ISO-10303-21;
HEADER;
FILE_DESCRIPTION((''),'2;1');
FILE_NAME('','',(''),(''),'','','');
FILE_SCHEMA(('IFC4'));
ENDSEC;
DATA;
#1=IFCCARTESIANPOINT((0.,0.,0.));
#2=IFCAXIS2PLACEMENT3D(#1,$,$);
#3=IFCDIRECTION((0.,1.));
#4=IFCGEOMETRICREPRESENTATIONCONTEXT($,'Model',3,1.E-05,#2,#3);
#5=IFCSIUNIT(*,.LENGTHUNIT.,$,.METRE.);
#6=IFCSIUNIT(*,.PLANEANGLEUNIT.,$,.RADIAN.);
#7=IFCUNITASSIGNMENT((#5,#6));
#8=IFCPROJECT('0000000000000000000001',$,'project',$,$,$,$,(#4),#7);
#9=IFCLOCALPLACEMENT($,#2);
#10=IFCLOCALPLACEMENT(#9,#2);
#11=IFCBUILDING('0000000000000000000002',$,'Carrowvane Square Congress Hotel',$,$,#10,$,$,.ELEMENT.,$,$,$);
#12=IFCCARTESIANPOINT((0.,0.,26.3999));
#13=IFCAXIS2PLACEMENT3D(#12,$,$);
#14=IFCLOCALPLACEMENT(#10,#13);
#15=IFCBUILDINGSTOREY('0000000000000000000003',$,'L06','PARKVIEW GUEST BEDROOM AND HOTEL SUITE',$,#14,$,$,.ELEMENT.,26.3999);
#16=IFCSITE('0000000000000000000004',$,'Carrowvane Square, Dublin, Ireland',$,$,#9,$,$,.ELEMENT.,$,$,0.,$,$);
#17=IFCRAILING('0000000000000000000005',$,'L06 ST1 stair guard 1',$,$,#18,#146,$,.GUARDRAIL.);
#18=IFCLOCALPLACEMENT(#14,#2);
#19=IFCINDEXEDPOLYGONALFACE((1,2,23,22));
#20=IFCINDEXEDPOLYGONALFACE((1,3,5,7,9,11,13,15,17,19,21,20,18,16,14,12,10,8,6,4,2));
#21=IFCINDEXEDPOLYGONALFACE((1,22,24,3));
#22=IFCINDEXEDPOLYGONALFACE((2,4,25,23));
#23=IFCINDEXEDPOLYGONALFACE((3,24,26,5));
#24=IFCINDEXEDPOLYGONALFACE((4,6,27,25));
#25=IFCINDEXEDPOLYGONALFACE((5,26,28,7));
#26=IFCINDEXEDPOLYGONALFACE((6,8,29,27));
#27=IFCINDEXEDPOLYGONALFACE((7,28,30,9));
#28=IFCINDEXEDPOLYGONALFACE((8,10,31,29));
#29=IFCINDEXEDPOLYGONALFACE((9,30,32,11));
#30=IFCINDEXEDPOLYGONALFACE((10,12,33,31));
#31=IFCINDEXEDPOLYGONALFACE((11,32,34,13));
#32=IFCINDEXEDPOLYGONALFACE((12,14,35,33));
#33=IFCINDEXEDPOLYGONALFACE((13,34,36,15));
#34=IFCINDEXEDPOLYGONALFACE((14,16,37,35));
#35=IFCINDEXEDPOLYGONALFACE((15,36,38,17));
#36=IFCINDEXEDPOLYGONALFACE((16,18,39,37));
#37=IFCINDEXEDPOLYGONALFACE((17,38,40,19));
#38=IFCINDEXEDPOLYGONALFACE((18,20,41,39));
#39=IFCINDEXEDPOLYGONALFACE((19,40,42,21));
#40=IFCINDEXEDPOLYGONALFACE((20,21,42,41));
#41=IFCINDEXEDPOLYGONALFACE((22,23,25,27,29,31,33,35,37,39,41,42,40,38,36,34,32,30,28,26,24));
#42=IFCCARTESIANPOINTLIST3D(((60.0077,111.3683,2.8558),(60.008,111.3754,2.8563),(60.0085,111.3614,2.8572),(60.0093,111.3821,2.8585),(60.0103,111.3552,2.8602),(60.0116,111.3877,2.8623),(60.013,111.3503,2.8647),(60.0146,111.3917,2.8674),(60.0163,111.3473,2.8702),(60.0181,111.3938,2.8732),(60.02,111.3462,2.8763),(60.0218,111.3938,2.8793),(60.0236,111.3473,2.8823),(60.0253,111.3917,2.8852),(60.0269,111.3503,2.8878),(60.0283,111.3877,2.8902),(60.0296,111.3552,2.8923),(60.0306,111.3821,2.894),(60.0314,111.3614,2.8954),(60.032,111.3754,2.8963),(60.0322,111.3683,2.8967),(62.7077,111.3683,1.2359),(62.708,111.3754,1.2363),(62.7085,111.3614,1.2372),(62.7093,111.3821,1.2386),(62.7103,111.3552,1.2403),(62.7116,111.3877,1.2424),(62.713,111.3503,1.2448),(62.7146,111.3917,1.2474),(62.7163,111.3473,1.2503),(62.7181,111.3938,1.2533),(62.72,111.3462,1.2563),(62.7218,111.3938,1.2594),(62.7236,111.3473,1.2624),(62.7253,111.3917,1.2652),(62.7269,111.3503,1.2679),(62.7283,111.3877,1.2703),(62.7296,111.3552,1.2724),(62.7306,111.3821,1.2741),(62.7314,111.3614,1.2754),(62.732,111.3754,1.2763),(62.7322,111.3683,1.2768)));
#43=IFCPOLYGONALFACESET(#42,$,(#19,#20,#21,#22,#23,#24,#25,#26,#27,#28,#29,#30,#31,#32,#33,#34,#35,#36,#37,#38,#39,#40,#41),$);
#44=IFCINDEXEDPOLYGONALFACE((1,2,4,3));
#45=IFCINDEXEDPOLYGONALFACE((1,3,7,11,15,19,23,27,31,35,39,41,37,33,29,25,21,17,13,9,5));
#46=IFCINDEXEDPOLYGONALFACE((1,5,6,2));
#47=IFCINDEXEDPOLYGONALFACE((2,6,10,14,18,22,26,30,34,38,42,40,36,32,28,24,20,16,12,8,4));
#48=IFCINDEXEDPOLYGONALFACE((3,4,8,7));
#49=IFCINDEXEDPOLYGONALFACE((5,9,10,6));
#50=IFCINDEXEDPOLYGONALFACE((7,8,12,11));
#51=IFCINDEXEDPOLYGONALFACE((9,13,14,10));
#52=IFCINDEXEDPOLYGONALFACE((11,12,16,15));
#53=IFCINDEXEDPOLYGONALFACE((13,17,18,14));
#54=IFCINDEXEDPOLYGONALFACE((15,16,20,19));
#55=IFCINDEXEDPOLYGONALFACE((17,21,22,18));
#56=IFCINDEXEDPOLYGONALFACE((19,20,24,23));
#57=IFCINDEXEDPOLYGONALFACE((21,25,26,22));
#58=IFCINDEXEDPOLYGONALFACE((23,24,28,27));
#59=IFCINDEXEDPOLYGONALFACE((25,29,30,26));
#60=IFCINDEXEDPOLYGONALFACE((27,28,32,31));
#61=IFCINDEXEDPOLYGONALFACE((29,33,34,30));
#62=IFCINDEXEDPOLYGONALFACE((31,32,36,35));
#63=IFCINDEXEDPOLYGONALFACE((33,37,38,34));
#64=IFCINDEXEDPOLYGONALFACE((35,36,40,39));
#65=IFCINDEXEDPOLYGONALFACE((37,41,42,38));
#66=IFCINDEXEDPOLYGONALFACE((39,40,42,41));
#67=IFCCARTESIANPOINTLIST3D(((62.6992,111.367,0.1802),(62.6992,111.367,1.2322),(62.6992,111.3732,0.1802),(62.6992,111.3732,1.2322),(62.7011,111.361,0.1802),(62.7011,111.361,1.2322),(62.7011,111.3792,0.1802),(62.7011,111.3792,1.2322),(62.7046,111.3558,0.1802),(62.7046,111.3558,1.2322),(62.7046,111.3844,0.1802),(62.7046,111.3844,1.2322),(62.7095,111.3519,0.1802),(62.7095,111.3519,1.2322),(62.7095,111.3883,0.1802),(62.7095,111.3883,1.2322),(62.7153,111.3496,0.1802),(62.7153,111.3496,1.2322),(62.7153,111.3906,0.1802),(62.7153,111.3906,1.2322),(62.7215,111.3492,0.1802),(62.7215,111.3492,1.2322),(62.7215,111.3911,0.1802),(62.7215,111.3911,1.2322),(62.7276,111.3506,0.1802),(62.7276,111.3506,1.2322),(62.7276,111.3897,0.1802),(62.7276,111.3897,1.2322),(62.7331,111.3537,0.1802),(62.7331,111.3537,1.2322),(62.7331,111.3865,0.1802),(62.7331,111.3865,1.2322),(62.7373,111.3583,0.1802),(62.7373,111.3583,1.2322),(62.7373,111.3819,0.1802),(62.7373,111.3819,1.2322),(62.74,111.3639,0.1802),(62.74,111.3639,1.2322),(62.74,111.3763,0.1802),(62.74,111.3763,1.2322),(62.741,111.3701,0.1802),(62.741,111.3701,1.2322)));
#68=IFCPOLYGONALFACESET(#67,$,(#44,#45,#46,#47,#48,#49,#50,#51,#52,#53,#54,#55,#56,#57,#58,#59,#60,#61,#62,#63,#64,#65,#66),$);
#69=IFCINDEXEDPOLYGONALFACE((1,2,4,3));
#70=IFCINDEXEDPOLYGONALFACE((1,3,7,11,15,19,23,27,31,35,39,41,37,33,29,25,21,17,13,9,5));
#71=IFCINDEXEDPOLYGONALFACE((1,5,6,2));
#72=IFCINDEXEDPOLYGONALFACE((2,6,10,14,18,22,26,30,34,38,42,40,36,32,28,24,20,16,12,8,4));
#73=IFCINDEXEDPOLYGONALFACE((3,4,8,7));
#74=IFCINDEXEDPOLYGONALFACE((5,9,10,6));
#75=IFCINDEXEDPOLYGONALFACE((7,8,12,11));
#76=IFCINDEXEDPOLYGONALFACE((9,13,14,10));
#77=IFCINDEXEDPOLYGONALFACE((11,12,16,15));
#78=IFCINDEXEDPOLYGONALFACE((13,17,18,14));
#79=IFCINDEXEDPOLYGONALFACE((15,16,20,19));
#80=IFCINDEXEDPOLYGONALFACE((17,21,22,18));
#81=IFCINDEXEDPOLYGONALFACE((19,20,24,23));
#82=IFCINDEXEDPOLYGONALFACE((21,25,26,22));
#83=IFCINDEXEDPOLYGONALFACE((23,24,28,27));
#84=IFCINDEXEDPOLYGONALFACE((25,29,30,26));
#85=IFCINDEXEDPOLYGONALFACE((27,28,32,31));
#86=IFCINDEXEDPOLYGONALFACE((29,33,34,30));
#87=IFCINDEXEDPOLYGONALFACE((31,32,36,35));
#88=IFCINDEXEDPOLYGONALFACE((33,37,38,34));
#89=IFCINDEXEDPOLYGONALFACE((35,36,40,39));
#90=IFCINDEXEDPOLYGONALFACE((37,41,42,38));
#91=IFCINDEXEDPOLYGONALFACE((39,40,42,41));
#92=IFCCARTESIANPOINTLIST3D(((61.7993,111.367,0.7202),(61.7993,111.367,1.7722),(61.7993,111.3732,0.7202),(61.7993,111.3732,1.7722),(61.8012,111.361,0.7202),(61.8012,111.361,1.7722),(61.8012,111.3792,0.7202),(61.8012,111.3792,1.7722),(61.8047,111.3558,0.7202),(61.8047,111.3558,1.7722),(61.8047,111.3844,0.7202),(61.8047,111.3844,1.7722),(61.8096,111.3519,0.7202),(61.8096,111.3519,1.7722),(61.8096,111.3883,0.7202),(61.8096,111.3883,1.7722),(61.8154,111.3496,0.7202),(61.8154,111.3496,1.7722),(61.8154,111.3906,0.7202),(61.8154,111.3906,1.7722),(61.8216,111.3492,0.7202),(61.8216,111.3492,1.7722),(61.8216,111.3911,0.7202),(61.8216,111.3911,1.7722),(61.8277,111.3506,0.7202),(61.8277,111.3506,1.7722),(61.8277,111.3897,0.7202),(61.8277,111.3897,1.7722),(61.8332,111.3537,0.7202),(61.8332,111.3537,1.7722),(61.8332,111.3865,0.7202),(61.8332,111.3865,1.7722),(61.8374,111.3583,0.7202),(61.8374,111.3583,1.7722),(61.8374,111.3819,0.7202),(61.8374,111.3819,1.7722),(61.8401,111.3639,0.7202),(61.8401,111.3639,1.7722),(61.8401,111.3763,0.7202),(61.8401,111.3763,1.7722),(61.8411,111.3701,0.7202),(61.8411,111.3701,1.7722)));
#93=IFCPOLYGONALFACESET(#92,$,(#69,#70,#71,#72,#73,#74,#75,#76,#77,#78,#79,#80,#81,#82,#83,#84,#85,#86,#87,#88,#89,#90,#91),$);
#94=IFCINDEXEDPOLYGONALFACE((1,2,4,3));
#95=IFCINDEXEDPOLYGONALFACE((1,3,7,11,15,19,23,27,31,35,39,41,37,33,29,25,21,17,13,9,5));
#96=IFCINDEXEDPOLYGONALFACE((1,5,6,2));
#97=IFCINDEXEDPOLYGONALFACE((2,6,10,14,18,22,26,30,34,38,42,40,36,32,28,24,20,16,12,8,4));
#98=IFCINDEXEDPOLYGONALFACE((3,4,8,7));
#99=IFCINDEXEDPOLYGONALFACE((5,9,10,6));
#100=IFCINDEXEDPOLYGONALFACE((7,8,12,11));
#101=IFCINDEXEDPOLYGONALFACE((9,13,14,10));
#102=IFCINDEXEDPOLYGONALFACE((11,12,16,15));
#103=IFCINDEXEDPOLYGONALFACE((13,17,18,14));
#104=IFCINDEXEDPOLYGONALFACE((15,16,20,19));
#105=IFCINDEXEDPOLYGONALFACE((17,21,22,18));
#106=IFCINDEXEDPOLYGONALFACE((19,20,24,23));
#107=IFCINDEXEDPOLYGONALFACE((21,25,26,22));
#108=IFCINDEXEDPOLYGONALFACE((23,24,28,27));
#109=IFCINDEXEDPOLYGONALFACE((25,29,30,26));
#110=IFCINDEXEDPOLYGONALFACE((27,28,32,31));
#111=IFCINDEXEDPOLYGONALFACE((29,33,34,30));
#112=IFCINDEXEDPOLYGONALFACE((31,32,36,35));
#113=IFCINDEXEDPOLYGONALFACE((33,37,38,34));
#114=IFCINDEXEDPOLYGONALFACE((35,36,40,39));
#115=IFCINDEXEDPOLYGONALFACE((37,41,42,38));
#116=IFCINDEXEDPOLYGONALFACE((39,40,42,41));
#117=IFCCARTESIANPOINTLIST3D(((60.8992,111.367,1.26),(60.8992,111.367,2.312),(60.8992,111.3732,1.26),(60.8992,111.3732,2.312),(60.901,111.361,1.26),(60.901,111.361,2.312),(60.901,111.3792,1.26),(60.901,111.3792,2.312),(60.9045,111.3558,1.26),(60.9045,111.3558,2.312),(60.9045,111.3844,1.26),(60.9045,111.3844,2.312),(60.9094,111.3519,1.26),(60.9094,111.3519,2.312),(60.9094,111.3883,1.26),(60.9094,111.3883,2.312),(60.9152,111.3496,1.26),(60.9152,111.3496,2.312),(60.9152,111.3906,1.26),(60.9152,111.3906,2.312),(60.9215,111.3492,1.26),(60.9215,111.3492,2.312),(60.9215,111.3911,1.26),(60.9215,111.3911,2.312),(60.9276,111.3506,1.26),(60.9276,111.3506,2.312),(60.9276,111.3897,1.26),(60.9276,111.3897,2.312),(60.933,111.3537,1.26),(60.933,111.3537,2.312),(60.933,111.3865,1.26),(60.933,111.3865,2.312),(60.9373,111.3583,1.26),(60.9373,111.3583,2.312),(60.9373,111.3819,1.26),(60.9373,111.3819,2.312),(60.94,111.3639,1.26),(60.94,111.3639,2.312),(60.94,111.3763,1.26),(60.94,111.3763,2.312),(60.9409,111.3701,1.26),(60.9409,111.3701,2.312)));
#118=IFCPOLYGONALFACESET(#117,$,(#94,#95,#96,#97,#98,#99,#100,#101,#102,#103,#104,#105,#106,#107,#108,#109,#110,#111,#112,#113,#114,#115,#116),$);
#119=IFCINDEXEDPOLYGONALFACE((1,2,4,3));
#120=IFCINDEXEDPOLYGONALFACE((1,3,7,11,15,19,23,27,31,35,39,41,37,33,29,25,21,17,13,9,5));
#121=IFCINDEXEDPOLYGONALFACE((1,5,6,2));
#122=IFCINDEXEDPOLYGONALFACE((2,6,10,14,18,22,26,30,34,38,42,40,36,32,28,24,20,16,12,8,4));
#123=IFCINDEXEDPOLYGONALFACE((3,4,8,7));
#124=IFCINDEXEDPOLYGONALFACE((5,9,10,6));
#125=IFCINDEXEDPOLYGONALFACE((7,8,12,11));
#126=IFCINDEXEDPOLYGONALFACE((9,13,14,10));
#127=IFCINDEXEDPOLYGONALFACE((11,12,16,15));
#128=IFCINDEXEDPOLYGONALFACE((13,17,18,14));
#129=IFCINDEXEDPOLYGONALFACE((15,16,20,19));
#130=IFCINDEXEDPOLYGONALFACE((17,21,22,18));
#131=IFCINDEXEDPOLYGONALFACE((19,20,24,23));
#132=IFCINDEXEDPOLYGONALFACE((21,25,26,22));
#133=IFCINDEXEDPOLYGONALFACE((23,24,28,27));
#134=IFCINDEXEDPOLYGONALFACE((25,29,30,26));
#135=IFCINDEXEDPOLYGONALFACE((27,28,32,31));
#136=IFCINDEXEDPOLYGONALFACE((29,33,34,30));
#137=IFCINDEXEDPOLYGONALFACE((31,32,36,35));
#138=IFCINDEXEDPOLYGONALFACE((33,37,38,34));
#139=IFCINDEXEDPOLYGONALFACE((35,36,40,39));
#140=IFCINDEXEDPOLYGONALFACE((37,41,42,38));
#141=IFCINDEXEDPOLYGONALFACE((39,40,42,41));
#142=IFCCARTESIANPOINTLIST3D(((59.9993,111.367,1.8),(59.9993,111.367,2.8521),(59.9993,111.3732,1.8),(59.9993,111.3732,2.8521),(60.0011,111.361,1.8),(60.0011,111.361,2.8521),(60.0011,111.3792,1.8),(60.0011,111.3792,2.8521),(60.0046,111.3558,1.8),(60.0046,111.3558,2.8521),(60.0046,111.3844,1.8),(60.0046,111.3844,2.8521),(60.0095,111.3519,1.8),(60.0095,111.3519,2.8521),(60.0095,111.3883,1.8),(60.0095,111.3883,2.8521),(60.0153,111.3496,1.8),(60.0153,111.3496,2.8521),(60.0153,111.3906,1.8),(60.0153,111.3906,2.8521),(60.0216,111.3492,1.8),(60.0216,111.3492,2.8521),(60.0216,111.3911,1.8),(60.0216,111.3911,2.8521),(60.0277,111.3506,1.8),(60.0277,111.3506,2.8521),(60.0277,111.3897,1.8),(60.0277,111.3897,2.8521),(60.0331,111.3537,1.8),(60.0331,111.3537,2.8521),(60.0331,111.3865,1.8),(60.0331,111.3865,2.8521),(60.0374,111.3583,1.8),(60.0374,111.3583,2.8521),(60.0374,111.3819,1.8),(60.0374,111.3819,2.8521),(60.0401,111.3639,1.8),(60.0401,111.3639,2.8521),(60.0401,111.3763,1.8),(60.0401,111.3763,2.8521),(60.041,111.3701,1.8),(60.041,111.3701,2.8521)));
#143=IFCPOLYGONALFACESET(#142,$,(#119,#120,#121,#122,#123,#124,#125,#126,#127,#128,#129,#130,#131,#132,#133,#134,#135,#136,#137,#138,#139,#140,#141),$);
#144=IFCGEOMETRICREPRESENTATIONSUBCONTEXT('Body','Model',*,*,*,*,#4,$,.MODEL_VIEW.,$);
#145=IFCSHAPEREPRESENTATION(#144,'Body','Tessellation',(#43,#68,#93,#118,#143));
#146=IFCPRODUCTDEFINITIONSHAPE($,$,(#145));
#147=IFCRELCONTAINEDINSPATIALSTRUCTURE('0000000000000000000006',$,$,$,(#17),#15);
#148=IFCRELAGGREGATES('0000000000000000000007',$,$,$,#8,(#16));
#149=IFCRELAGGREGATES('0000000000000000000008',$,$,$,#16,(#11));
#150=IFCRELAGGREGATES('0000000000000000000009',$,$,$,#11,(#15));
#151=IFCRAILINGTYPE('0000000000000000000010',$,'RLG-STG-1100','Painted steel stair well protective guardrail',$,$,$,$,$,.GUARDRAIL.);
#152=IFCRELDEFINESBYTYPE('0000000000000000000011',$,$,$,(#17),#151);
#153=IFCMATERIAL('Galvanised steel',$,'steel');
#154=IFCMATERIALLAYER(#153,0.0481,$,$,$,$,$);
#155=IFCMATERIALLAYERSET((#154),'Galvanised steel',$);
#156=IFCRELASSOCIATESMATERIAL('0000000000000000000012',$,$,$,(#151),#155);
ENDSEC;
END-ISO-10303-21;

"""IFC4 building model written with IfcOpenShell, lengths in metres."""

from ifc_helpers import new_model, si_unit, direction, frame, origin, origin_2d, place, context, subcontext, project, spatial, circle, extrude, material, layer, layer_set, type_object, element, save


model = new_model("IFC4")

# Units and contexts
model_context = context("Model", 3, precision=1e-05, world=origin(), true_north=direction((0.0, 1.0)))
body_context = subcontext(model_context, "Body", "Model", "MODEL_VIEW")
ifc_project = project(units=[si_unit("LENGTHUNIT", "METRE"), si_unit("PLANEANGLEUNIT", "RADIAN")], contexts=[model_context])

# Site, building, storey
site_placement = place(None, origin())
site = spatial("IfcSite", under=ifc_project, at=site_placement, Name="Carrowvane Square, Dublin, Ireland", CompositionType="ELEMENT", RefElevation=0.0)
building_placement = place(site_placement, origin())
building = spatial("IfcBuilding", under=site, at=building_placement, Name="Carrowvane Square Congress Hotel", CompositionType="ELEMENT")
storey_placement = place(building_placement, frame((0.0, 0.0, 26.3999)))
storey = spatial("IfcBuildingStorey", under=building, at=storey_placement, Name="L06", Description="PARKVIEW GUEST BEDROOM AND HOTEL SUITE", CompositionType="ELEMENT", Elevation=26.3999)

# Railing
ifc_material_1 = material(Name="Galvanised steel", Category="steel")
ifc_layer_1 = layer(ifc_material_1, 0.0481)
ifc_layer_set_1 = layer_set([ifc_layer_1], Name="Galvanised steel")
railing_type_1 = type_object("IfcRailingType", Name="RLG-STG-1100", Description="Painted steel stair well protective guardrail", PredefinedType="GUARDRAIL", material=ifc_layer_set_1)
railing_1_placement = place(storey_placement, frame((62.72, 111.3701, 0.1802)))
element("IfcRailing", 1, at=railing_1_placement, inside=storey, type_object=railing_type_1, Name="L06 ST1 stair guard 1", PredefinedType="GUARDRAIL", context=body_context, shape_type="SweptSolid", body=[
    extrude(circle(Radius=0.0239, at=origin_2d()), frame((0.0, 0.0, 1.0762), z_axis=(-0.857507, 0.0, 0.514473), x_axis=(0.0, -1.0, 0.0)), (0.0, 0.0, 1.0), 3.1487),
    extrude(circle(Radius=0.021, at=origin_2d()), origin(), (0.0, 0.0, 1.0), 1.052),
    extrude(circle(Radius=0.021, at=origin_2d()), frame((-0.8999, 0.0, 0.54)), (0.0, 0.0, 1.0), 1.052),
    extrude(circle(Radius=0.021, at=origin_2d()), frame((-1.8, 0.0, 1.0798)), (0.0, 0.0, 1.0), 1.052),
    extrude(circle(Radius=0.021, at=origin_2d()), frame((-2.7, 0.0, 1.6199)), (0.0, 0.0, 1.0), 1.052),
])

save(model, "model.ifc")
